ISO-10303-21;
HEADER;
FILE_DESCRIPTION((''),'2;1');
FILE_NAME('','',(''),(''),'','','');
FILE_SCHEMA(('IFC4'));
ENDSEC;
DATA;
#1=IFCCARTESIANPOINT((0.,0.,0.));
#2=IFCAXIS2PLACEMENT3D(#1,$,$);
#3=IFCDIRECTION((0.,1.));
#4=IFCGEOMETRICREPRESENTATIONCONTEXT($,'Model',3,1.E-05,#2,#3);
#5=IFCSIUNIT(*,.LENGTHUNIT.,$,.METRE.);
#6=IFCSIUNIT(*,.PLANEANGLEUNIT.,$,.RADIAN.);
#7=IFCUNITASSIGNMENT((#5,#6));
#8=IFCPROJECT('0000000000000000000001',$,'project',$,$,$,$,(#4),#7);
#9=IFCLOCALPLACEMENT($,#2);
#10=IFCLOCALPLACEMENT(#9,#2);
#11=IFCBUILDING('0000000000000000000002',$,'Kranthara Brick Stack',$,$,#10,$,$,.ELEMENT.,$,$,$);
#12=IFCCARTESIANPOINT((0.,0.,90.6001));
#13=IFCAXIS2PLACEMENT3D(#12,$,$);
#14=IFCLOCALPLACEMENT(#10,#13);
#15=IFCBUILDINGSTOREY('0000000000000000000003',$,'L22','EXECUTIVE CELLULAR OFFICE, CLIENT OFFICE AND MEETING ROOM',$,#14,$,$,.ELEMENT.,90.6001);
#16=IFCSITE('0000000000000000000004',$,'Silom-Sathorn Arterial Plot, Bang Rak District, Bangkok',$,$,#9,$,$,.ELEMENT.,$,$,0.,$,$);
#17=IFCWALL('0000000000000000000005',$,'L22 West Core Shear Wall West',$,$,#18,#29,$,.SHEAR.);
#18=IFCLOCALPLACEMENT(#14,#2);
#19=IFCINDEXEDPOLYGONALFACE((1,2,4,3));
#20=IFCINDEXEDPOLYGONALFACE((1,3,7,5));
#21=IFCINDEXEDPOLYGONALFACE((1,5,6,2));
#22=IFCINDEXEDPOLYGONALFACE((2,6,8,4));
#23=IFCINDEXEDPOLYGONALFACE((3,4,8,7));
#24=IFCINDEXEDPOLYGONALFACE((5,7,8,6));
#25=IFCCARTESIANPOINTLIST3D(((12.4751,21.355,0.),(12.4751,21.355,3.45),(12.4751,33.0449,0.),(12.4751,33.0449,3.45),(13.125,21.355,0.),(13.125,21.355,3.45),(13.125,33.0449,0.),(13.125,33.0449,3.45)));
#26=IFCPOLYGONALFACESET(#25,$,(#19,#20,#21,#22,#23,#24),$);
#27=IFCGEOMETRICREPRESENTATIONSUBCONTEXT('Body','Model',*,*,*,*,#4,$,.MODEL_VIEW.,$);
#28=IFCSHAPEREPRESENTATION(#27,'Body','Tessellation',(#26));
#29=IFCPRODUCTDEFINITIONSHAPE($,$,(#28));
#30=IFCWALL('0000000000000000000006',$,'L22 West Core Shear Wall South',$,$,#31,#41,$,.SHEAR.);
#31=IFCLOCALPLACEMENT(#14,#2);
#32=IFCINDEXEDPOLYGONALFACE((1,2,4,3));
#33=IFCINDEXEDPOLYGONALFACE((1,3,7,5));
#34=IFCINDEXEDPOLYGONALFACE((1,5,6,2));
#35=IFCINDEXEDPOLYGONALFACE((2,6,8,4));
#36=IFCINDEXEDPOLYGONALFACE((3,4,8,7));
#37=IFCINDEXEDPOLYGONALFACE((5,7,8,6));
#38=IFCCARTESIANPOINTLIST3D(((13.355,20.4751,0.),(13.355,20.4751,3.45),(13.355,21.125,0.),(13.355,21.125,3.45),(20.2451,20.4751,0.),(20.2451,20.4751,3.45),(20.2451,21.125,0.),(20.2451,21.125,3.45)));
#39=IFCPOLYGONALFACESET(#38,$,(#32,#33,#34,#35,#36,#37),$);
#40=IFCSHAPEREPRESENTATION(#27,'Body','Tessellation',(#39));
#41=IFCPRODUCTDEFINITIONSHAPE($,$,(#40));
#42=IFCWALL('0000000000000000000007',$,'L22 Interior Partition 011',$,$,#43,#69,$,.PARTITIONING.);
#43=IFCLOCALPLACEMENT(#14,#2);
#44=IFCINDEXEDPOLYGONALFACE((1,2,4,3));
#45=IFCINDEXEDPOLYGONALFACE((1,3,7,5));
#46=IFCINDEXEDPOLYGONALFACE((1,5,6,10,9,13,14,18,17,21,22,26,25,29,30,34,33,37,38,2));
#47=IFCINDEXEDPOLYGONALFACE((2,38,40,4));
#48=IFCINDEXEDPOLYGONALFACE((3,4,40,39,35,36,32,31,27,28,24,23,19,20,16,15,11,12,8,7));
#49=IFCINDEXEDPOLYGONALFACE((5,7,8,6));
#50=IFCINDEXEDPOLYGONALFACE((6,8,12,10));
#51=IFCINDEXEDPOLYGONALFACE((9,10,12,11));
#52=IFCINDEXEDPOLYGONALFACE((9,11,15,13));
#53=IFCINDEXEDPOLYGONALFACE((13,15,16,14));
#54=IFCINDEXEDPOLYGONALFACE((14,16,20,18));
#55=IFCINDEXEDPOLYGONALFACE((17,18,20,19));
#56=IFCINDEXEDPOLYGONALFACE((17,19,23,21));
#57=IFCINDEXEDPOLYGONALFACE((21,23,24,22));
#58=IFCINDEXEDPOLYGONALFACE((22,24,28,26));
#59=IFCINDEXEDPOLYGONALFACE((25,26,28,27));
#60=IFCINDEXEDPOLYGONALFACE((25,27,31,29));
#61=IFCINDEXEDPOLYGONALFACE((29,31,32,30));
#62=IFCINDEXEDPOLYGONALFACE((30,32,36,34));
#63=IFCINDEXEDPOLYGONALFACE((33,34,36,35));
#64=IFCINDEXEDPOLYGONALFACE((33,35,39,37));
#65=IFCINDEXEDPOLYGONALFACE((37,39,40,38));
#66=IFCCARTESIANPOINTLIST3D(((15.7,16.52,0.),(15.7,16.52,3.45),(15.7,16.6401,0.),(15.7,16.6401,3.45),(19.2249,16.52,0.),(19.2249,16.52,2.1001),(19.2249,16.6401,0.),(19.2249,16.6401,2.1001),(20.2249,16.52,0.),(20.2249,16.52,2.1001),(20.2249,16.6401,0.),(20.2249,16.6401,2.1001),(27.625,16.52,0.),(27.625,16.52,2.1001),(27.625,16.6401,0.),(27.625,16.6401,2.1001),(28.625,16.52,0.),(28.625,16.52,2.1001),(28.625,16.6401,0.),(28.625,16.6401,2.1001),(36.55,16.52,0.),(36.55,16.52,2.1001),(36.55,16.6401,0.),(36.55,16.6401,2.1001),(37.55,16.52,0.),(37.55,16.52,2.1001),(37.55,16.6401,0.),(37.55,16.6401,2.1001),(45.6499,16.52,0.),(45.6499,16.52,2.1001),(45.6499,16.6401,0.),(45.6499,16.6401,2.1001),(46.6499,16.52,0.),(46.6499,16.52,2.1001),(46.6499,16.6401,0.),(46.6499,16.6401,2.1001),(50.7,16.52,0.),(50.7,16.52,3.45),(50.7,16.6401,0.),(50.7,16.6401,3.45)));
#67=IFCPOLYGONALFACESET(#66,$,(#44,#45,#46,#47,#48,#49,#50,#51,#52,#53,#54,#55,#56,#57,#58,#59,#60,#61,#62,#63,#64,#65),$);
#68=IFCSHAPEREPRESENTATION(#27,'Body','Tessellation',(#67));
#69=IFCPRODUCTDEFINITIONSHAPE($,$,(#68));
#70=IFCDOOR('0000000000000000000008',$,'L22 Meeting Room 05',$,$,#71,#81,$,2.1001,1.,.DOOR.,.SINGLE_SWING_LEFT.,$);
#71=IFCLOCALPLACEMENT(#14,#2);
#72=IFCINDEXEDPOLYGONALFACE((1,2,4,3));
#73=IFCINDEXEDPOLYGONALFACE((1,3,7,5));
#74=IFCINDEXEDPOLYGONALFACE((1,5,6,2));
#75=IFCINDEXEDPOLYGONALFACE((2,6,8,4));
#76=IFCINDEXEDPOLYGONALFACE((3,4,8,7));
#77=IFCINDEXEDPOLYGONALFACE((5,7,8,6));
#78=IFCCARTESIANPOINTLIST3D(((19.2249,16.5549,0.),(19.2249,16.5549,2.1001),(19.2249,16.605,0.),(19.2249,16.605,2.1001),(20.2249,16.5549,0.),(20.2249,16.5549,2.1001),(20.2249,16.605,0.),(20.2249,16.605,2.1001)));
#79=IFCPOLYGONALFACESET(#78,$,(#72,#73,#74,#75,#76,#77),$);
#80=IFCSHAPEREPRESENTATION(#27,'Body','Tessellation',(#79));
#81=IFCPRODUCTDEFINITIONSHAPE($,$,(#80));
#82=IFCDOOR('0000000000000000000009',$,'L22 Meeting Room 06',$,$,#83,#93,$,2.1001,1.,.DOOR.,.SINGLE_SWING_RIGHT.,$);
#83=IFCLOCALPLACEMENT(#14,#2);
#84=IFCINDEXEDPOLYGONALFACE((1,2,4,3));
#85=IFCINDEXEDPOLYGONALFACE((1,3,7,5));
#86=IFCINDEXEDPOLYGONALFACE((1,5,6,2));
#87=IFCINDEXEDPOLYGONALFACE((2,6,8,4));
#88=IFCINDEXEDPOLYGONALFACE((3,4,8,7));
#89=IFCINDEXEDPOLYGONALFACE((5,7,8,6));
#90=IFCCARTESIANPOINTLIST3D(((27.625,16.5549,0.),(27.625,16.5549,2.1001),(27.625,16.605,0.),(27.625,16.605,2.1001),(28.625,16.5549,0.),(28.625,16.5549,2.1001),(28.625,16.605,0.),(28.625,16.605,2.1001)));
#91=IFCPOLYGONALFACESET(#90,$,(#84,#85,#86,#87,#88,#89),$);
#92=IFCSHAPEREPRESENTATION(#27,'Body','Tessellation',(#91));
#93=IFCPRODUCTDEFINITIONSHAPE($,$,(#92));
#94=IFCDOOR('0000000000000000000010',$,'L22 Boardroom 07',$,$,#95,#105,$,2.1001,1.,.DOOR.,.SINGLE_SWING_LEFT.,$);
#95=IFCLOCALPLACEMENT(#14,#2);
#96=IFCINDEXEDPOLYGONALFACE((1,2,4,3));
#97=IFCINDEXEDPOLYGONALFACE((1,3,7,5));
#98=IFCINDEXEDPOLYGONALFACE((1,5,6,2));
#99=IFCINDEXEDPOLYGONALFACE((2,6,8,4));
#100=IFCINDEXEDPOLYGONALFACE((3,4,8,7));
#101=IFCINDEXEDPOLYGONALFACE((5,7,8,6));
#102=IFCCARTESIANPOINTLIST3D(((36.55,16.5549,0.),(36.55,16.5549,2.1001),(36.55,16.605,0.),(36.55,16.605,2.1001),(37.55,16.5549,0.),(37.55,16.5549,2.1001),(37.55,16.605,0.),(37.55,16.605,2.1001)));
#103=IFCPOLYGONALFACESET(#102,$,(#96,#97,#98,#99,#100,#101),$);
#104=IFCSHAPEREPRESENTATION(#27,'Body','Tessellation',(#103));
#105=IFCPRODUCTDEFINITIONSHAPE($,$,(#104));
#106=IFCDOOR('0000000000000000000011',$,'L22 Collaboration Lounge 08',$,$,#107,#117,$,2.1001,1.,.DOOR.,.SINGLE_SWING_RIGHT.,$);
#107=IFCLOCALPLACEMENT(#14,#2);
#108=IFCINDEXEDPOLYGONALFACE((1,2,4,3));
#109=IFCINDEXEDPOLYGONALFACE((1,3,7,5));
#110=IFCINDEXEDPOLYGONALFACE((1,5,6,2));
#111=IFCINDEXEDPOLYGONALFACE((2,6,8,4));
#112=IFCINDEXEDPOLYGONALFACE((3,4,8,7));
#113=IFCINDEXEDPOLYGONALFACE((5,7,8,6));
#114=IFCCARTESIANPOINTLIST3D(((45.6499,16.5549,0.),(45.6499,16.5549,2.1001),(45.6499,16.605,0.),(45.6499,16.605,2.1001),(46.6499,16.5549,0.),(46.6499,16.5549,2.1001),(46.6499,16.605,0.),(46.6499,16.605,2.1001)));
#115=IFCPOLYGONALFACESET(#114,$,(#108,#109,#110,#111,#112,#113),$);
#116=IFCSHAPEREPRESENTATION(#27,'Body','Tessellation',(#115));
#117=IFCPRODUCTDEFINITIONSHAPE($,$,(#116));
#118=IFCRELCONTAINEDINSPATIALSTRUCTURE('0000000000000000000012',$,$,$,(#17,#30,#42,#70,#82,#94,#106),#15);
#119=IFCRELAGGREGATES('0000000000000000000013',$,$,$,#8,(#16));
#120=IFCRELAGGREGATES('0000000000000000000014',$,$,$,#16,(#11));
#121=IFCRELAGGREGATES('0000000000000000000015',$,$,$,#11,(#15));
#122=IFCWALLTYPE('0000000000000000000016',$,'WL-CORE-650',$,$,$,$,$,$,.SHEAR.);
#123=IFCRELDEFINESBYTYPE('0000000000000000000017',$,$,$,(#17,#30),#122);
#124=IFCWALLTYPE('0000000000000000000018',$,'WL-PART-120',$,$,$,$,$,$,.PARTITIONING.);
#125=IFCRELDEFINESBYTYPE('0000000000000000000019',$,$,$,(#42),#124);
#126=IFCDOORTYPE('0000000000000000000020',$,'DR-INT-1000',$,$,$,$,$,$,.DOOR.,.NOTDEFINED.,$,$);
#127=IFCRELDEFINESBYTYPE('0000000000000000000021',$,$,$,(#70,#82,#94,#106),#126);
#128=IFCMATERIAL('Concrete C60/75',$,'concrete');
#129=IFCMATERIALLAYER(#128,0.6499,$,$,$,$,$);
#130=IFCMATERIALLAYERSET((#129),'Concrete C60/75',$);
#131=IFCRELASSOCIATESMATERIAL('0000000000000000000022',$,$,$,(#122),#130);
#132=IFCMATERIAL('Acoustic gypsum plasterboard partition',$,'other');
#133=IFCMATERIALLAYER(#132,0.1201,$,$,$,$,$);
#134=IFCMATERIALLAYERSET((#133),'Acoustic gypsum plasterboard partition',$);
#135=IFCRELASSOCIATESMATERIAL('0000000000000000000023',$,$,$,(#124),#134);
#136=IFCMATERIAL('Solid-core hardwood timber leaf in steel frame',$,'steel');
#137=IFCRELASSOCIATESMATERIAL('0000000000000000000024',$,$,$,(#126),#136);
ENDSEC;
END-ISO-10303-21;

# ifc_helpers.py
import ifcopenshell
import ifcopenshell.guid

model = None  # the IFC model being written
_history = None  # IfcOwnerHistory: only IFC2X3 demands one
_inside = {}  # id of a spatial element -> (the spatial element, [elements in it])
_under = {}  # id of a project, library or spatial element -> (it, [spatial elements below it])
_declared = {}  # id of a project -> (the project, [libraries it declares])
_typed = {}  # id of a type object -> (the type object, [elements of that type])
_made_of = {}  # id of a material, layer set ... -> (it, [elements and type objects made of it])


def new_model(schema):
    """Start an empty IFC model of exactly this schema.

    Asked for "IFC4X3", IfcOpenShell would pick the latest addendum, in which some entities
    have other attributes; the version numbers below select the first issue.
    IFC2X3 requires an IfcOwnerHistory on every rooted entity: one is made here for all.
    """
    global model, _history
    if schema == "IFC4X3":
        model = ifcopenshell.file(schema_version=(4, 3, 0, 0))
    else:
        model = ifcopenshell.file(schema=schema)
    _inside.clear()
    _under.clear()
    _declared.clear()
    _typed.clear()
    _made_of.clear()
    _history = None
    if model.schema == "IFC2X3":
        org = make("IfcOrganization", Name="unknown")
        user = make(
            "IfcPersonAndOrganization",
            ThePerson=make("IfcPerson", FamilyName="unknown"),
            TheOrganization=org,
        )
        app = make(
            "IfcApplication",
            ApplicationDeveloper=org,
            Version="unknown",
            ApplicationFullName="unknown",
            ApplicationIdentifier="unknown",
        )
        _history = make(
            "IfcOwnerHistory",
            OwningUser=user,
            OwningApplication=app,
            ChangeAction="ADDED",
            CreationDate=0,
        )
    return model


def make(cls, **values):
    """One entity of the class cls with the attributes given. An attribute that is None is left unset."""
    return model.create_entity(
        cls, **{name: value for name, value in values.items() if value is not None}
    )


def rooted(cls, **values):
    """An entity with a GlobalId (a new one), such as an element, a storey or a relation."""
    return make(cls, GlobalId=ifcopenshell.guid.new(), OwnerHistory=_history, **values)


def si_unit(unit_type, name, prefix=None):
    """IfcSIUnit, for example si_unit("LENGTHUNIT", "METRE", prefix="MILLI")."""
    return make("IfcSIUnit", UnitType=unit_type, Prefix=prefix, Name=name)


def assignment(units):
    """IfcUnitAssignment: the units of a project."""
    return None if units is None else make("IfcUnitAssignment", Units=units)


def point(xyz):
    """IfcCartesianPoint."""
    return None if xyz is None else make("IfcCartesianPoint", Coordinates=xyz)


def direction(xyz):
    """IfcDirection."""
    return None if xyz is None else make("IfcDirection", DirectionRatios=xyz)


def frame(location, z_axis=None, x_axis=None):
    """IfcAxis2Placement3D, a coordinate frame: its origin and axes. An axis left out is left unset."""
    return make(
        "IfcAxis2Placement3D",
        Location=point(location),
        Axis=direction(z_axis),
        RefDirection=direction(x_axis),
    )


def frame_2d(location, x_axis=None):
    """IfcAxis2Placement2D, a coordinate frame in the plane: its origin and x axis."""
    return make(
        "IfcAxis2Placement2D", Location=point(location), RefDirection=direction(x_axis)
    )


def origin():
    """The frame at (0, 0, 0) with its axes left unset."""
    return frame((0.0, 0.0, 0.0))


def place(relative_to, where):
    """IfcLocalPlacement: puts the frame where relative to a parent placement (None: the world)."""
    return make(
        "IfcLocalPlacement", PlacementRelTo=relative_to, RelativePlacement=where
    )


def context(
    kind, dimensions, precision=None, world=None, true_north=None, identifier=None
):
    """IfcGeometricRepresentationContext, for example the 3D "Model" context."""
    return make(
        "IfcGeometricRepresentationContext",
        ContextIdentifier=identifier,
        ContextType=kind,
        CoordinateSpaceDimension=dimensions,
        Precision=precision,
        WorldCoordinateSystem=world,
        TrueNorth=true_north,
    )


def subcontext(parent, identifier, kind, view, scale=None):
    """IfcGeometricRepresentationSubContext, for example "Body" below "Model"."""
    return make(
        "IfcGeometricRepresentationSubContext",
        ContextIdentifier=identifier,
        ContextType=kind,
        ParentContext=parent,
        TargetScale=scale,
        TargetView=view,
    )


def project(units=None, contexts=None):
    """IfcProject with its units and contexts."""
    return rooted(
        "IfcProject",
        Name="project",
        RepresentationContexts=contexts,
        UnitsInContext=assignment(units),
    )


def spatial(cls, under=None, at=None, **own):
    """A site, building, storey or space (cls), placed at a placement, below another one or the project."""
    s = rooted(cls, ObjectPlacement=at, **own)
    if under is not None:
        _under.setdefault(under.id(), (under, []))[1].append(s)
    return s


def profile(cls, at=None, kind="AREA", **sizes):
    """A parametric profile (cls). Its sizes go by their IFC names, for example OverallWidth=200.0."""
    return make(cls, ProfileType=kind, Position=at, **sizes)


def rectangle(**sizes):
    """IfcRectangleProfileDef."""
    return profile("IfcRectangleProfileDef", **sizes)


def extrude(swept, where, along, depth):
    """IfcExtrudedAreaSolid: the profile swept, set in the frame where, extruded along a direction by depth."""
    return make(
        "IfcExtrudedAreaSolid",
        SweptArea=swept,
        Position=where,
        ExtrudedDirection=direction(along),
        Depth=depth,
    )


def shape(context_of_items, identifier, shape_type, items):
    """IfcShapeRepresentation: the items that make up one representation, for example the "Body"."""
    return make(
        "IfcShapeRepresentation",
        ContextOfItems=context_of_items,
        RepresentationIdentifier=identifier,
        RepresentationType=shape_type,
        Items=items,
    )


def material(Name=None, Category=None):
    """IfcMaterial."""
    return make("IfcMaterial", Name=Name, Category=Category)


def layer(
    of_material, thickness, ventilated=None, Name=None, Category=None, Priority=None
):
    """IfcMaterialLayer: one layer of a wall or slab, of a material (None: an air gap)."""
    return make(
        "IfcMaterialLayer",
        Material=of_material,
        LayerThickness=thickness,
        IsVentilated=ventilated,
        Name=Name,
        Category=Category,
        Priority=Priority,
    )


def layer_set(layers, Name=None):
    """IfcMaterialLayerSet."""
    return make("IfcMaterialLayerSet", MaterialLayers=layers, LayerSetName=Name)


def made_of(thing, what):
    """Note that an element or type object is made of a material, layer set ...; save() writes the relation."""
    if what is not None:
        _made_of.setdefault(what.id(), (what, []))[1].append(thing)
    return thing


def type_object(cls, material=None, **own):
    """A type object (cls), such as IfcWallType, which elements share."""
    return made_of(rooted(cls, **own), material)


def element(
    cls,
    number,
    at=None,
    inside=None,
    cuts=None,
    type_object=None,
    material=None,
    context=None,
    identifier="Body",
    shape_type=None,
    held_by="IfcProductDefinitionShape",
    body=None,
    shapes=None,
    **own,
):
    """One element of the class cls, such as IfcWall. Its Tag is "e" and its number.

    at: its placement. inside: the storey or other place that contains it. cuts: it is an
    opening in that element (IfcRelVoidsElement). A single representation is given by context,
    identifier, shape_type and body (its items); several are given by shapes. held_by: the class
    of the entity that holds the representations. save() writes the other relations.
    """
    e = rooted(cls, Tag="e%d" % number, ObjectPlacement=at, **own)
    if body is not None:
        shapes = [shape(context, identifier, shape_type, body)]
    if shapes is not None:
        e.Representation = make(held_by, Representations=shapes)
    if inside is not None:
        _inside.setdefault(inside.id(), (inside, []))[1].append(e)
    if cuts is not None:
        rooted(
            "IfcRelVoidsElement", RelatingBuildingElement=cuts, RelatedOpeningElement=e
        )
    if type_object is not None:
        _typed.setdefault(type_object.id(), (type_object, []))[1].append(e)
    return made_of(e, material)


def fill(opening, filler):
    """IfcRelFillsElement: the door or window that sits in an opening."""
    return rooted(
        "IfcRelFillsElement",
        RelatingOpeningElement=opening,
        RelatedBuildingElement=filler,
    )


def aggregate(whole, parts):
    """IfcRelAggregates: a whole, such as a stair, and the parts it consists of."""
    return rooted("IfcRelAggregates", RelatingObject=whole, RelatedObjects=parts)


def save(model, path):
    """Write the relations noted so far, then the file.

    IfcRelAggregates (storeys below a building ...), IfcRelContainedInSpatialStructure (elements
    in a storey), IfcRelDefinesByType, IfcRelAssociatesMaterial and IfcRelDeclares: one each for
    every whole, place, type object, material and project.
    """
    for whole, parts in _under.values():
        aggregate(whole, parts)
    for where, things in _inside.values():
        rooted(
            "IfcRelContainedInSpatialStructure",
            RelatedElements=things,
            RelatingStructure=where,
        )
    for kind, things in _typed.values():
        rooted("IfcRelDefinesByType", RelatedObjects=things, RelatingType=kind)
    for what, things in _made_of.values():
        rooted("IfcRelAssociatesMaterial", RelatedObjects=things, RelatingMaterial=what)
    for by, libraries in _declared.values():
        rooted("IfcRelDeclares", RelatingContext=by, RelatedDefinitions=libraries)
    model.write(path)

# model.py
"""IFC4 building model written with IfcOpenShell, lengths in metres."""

from ifc_helpers import new_model, si_unit, direction, frame, frame_2d, origin, place, context, subcontext, project, spatial, rectangle, extrude, material, layer, layer_set, type_object, element, fill, save


model = new_model("IFC4")

# Units and contexts
model_context = context("Model", 3, precision=1e-05, world=origin(), true_north=direction((0.0, 1.0)))
body_context = subcontext(model_context, "Body", "Model", "MODEL_VIEW")
ifc_project = project(units=[si_unit("LENGTHUNIT", "METRE"), si_unit("PLANEANGLEUNIT", "RADIAN")], contexts=[model_context])

# Site, building, storey
site_placement = place(None, origin())
site = spatial("IfcSite", under=ifc_project, at=site_placement, Name="Silom-Sathorn Arterial Plot, Bang Rak District, Bangkok", CompositionType="ELEMENT", RefElevation=0.0)
building_placement = place(site_placement, origin())
building = spatial("IfcBuilding", under=site, at=building_placement, Name="Kranthara Brick Stack", CompositionType="ELEMENT")
storey_placement = place(building_placement, frame((0.0, 0.0, 90.6001)))
storey = spatial("IfcBuildingStorey", under=building, at=storey_placement, Name="L22", Description="EXECUTIVE CELLULAR OFFICE, CLIENT OFFICE AND MEETING ROOM", CompositionType="ELEMENT", Elevation=90.6001)

# Walls
ifc_material_1 = material(Name="Concrete C60/75", Category="concrete")
ifc_layer_1 = layer(ifc_material_1, 0.6499)
ifc_layer_set_1 = layer_set([ifc_layer_1], Name="Concrete C60/75")
wall_type_1 = type_object("IfcWallType", Name="WL-CORE-650", PredefinedType="SHEAR", material=ifc_layer_set_1)
wall_1_placement = place(storey_placement, frame((12.8, 21.355, 0.0), z_axis=(0.0, 0.0, 1.0), x_axis=(0.0, 1.0, 0.0)))
element("IfcWall", 1, at=wall_1_placement, inside=storey, type_object=wall_type_1, Name="L22 West Core Shear Wall West", PredefinedType="SHEAR", context=body_context, shape_type="SweptSolid", body=[
    extrude(rectangle(XDim=11.6899, YDim=0.6499, at=frame_2d((5.845, 0.0))), origin(), (0.0, 0.0, 1.0), 3.45),
])
wall_2_placement = place(storey_placement, frame((13.355, 20.8, 0.0), z_axis=(0.0, 0.0, 1.0), x_axis=(1.0, 0.0, 0.0)))
element("IfcWall", 2, at=wall_2_placement, inside=storey, type_object=wall_type_1, Name="L22 West Core Shear Wall South", PredefinedType="SHEAR", context=body_context, shape_type="SweptSolid", body=[
    extrude(rectangle(XDim=6.8901, YDim=0.6499, at=frame_2d((3.4451, 0.0))), origin(), (0.0, 0.0, 1.0), 3.45),
])

# Wall, openings, doors
ifc_material_2 = material(Name="Acoustic gypsum plasterboard partition", Category="other")
ifc_layer_2 = layer(ifc_material_2, 0.1201)
ifc_layer_set_2 = layer_set([ifc_layer_2], Name="Acoustic gypsum plasterboard partition")
wall_type_2 = type_object("IfcWallType", Name="WL-PART-120", PredefinedType="PARTITIONING", material=ifc_layer_set_2)
wall_3_placement = place(storey_placement, frame((15.7, 16.5801, 0.0), z_axis=(0.0, 0.0, 1.0), x_axis=(1.0, 0.0, 0.0)))
wall_3 = element("IfcWall", 3, at=wall_3_placement, inside=storey, type_object=wall_type_2, Name="L22 Interior Partition 011", PredefinedType="PARTITIONING", context=body_context, shape_type="SweptSolid", body=[
    extrude(rectangle(XDim=35.0, YDim=0.1201, at=frame_2d((17.5, 0.0))), origin(), (0.0, 0.0, 1.0), 3.45),
])
opening_1_placement = place(wall_3_placement, frame((3.5249, 0.0, 0.0)))
opening_1 = element("IfcOpeningElement", 4, at=opening_1_placement, cuts=wall_3, PredefinedType="OPENING", context=body_context, shape_type="SweptSolid", body=[
    extrude(rectangle(XDim=1.0, YDim=2.1001, at=frame_2d((0.5, 1.05))), frame((0.0, 0.0701, 0.0), z_axis=(0.0, -1.0, 0.0), x_axis=(1.0, 0.0, 0.0)), (0.0, 0.0, 1.0), 0.1401),
])
opening_2_placement = place(wall_3_placement, frame((11.925, 0.0, 0.0)))
opening_2 = element("IfcOpeningElement", 5, at=opening_2_placement, cuts=wall_3, PredefinedType="OPENING", context=body_context, shape_type="SweptSolid", body=[
    extrude(rectangle(XDim=1.0, YDim=2.1001, at=frame_2d((0.5, 1.05))), frame((0.0, 0.0701, 0.0), z_axis=(0.0, -1.0, 0.0), x_axis=(1.0, 0.0, 0.0)), (0.0, 0.0, 1.0), 0.1401),
])
opening_3_placement = place(wall_3_placement, frame((20.8501, 0.0, 0.0)))
opening_3 = element("IfcOpeningElement", 6, at=opening_3_placement, cuts=wall_3, PredefinedType="OPENING", context=body_context, shape_type="SweptSolid", body=[
    extrude(rectangle(XDim=1.0, YDim=2.1001, at=frame_2d((0.5, 1.05))), frame((0.0, 0.0701, 0.0), z_axis=(0.0, -1.0, 0.0), x_axis=(1.0, 0.0, 0.0)), (0.0, 0.0, 1.0), 0.1401),
])
opening_4_placement = place(wall_3_placement, frame((29.95, 0.0, 0.0)))
opening_4 = element("IfcOpeningElement", 7, at=opening_4_placement, cuts=wall_3, PredefinedType="OPENING", context=body_context, shape_type="SweptSolid", body=[
    extrude(rectangle(XDim=1.0, YDim=2.1001, at=frame_2d((0.5, 1.05))), frame((0.0, 0.0701, 0.0), z_axis=(0.0, -1.0, 0.0), x_axis=(1.0, 0.0, 0.0)), (0.0, 0.0, 1.0), 0.1401),
])
ifc_material_3 = material(Name="Solid-core hardwood timber leaf in steel frame", Category="steel")
door_type_1 = type_object("IfcDoorType", Name="DR-INT-1000", OperationType="NOTDEFINED", PredefinedType="DOOR", material=ifc_material_3)
door_1_placement = place(opening_1_placement, origin())
door_1 = element("IfcDoor", 8, at=door_1_placement, inside=storey, type_object=door_type_1, Name="L22 Meeting Room 05", OperationType="SINGLE_SWING_LEFT", OverallHeight=2.1001, OverallWidth=1.0, PredefinedType="DOOR", context=body_context, shape_type="SweptSolid", body=[
    extrude(rectangle(XDim=1.0, YDim=2.1001, at=frame_2d((0.5, 1.05))), frame((0.0, 0.0249, 0.0), z_axis=(0.0, -1.0, 0.0), x_axis=(1.0, 0.0, 0.0)), (0.0, 0.0, 1.0), 0.05),
])
fill(opening_1, door_1)
door_2_placement = place(opening_2_placement, origin())
door_2 = element("IfcDoor", 9, at=door_2_placement, inside=storey, type_object=door_type_1, Name="L22 Meeting Room 06", OperationType="SINGLE_SWING_RIGHT", OverallHeight=2.1001, OverallWidth=1.0, PredefinedType="DOOR", context=body_context, shape_type="SweptSolid", body=[
    extrude(rectangle(XDim=1.0, YDim=2.1001, at=frame_2d((0.5, 1.05))), frame((0.0, 0.0249, 0.0), z_axis=(0.0, -1.0, 0.0), x_axis=(1.0, 0.0, 0.0)), (0.0, 0.0, 1.0), 0.05),
])
fill(opening_2, door_2)
door_3_placement = place(opening_3_placement, origin())
door_3 = element("IfcDoor", 10, at=door_3_placement, inside=storey, type_object=door_type_1, Name="L22 Boardroom 07", OperationType="SINGLE_SWING_LEFT", OverallHeight=2.1001, OverallWidth=1.0, PredefinedType="DOOR", context=body_context, shape_type="SweptSolid", body=[
    extrude(rectangle(XDim=1.0, YDim=2.1001, at=frame_2d((0.5, 1.05))), frame((0.0, 0.0249, 0.0), z_axis=(0.0, -1.0, 0.0), x_axis=(1.0, 0.0, 0.0)), (0.0, 0.0, 1.0), 0.05),
])
fill(opening_3, door_3)
door_4_placement = place(opening_4_placement, origin())
door_4 = element("IfcDoor", 11, at=door_4_placement, inside=storey, type_object=door_type_1, Name="L22 Collaboration Lounge 08", OperationType="SINGLE_SWING_RIGHT", OverallHeight=2.1001, OverallWidth=1.0, PredefinedType="DOOR", context=body_context, shape_type="SweptSolid", body=[
    extrude(rectangle(XDim=1.0, YDim=2.1001, at=frame_2d((0.5, 1.05))), frame((0.0, 0.0249, 0.0), z_axis=(0.0, -1.0, 0.0), x_axis=(1.0, 0.0, 0.0)), (0.0, 0.0, 1.0), 0.05),
])
fill(opening_4, door_4)

save(model, "model.ifc")
